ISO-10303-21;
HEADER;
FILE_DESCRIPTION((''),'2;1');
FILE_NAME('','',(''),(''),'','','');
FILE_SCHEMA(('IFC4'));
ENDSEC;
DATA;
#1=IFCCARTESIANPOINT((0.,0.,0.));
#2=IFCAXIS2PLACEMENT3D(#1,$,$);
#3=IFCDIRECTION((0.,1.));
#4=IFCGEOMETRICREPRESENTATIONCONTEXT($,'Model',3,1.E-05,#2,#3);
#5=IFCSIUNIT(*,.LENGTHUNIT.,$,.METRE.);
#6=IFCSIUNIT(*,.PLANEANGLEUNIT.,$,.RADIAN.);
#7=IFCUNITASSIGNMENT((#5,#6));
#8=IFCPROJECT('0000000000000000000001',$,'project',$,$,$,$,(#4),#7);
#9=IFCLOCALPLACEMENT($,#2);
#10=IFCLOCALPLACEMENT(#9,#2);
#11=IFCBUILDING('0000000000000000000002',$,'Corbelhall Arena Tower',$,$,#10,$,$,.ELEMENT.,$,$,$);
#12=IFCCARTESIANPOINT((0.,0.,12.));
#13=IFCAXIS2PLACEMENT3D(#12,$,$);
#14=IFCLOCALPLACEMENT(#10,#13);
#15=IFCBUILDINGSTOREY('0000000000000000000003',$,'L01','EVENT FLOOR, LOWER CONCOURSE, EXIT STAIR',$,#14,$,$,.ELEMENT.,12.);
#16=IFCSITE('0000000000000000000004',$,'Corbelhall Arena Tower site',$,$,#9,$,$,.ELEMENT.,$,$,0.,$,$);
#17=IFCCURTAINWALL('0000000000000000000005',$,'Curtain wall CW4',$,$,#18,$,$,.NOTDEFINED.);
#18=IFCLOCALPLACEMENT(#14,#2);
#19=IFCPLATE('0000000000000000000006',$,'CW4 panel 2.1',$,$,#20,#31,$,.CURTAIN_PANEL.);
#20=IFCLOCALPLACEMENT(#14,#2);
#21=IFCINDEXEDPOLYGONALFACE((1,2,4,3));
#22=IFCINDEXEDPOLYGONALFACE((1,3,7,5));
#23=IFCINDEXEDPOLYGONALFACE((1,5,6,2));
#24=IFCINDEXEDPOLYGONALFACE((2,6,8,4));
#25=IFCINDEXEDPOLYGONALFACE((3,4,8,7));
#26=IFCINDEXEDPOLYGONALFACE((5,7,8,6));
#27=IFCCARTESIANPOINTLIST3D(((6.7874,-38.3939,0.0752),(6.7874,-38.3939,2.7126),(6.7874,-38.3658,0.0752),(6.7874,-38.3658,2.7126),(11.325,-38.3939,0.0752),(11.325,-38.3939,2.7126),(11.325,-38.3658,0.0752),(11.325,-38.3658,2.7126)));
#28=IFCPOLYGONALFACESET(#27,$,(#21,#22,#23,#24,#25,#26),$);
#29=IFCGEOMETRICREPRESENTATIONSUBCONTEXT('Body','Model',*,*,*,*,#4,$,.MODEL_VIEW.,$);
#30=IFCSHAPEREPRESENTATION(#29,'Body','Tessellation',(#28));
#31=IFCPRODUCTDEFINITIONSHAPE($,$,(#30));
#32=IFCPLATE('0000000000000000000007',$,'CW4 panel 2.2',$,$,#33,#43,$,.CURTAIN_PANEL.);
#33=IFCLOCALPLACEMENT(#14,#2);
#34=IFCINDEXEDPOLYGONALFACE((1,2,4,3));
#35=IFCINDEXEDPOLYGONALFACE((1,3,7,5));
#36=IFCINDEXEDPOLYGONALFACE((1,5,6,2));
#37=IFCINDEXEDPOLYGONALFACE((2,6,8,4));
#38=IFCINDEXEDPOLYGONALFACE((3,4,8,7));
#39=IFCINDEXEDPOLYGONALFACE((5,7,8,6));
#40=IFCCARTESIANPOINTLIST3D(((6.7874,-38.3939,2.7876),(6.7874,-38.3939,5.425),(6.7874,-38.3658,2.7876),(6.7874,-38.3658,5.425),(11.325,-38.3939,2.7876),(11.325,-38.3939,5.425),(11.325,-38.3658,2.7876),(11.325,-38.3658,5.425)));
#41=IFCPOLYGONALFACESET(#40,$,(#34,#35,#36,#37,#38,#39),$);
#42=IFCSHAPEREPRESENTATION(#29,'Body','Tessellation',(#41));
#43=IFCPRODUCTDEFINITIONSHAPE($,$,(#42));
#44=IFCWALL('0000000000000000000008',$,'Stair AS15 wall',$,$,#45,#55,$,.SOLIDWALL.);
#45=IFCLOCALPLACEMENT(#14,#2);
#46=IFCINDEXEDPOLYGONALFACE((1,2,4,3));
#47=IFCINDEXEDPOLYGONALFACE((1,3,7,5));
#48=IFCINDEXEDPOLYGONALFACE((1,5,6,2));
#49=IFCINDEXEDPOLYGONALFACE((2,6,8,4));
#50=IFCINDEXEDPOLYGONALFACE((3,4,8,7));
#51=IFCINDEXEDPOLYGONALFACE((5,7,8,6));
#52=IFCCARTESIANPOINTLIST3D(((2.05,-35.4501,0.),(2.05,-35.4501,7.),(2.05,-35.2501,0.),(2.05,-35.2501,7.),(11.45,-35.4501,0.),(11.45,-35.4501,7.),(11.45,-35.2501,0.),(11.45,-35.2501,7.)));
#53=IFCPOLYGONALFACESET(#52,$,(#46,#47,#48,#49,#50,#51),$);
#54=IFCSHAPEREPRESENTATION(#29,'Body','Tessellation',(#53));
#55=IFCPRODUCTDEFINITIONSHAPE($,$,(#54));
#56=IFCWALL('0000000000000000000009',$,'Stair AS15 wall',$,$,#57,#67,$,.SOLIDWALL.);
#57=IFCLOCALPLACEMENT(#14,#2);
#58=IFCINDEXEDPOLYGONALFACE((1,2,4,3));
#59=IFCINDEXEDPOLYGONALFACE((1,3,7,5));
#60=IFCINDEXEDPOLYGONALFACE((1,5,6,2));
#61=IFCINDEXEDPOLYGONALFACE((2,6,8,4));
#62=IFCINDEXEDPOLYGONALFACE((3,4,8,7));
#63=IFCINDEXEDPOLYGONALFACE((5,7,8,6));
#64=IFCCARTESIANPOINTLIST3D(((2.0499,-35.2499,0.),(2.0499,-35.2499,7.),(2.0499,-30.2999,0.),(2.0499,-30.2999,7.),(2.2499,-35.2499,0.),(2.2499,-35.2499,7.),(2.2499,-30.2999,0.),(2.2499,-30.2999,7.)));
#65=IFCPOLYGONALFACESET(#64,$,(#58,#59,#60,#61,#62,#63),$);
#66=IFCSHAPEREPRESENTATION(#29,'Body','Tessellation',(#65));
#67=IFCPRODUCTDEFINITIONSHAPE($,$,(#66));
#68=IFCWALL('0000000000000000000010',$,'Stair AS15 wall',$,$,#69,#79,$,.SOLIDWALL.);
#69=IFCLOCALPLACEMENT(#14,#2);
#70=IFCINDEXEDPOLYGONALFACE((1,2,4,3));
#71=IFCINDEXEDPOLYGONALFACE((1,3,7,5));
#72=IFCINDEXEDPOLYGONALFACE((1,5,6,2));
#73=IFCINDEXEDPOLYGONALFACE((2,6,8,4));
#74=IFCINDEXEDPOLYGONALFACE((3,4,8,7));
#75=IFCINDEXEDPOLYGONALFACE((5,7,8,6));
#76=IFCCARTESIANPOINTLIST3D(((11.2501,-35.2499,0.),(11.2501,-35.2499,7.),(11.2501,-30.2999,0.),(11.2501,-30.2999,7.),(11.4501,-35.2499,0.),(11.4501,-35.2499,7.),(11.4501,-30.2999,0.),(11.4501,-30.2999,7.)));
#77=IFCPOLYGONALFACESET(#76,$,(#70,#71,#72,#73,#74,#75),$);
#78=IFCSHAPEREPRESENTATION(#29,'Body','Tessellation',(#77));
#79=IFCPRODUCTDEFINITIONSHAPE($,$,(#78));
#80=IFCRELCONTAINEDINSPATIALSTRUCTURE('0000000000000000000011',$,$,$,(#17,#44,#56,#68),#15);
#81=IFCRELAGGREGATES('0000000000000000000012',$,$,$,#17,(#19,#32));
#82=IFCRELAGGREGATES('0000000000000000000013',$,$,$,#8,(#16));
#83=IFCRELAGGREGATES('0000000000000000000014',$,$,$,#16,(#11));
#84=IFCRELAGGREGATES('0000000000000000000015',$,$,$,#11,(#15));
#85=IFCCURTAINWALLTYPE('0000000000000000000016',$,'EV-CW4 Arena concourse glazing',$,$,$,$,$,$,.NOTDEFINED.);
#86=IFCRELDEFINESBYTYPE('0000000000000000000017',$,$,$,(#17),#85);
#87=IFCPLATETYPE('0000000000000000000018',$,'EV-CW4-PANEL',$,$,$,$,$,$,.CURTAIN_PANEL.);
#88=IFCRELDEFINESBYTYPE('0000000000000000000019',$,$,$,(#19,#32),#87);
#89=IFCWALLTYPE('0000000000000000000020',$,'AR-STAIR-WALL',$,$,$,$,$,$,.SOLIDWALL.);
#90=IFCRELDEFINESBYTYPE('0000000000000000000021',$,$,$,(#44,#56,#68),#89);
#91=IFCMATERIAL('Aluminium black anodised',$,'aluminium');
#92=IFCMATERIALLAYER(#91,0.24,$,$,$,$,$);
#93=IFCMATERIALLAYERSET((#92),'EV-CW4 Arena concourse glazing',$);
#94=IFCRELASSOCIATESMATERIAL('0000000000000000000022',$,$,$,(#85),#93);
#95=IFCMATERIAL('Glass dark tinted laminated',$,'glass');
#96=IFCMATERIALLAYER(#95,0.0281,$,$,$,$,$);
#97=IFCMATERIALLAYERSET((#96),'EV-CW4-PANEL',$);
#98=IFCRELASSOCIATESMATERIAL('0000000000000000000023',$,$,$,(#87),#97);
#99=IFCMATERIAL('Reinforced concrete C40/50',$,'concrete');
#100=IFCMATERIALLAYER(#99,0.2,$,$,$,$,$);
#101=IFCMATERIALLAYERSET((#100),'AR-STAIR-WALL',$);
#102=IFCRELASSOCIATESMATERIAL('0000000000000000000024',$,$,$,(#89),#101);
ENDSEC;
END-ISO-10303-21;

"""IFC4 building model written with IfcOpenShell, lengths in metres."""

from ifc_helpers import new_model, si_unit, direction, frame, frame_2d, origin, origin_2d, place, context, subcontext, project, spatial, rectangle, extrude, material, layer, layer_set, type_object, element, aggregate, save


model = new_model("IFC4")

# Units and contexts
model_context = context("Model", 3, precision=1e-05, world=origin(), true_north=direction((0.0, 1.0)))
body_context = subcontext(model_context, "Body", "Model", "MODEL_VIEW")
ifc_project = project(units=[si_unit("LENGTHUNIT", "METRE"), si_unit("PLANEANGLEUNIT", "RADIAN")], contexts=[model_context])

# Site, building, storey
site_placement = place(None, origin())
site = spatial("IfcSite", under=ifc_project, at=site_placement, Name="Corbelhall Arena Tower site", CompositionType="ELEMENT", RefElevation=0.0)
building_placement = place(site_placement, origin())
building = spatial("IfcBuilding", under=site, at=building_placement, Name="Corbelhall Arena Tower", CompositionType="ELEMENT")
storey_placement = place(building_placement, frame((0.0, 0.0, 12.0)))
storey = spatial("IfcBuildingStorey", under=building, at=storey_placement, Name="L01", Description="EVENT FLOOR, LOWER CONCOURSE, EXIT STAIR", CompositionType="ELEMENT", Elevation=12.0)

# Curtain wall
ifc_material_1 = material(Name="Aluminium black anodised", Category="aluminium")
ifc_layer_1 = layer(ifc_material_1, 0.24)
ifc_layer_set_1 = layer_set([ifc_layer_1], Name="EV-CW4 Arena concourse glazing")
curtain_wall_type = type_object("IfcCurtainWallType", Name="EV-CW4 Arena concourse glazing", PredefinedType="NOTDEFINED", material=ifc_layer_set_1)
curtain_wall_placement = place(storey_placement, origin())
curtain_wall = element("IfcCurtainWall", 1, at=curtain_wall_placement, inside=storey, type_object=curtain_wall_type, Name="Curtain wall CW4", PredefinedType="NOTDEFINED")

# Plates
ifc_material_2 = material(Name="Glass dark tinted laminated", Category="glass")
ifc_layer_2 = layer(ifc_material_2, 0.0281)
ifc_layer_set_2 = layer_set([ifc_layer_2], Name="EV-CW4-PANEL")
plate_type = type_object("IfcPlateType", Name="EV-CW4-PANEL", PredefinedType="CURTAIN_PANEL", material=ifc_layer_set_2)
plate_1_placement = place(storey_placement, frame((9.0562, -38.3799, 0.0752), z_axis=(0.0, 0.0, 1.0), x_axis=(1.0, 0.0, 0.0)))
plate_1 = element("IfcPlate", 2, at=plate_1_placement, type_object=plate_type, Name="CW4 panel 2.1", PredefinedType="CURTAIN_PANEL", context=body_context, shape_type="SweptSolid", body=[
    extrude(rectangle(XDim=4.5376, YDim=0.0281, at=origin_2d()), origin(), (0.0, 0.0, 1.0), 2.6375),
])
plate_2_placement = place(storey_placement, frame((9.0562, -38.3799, 2.7876), z_axis=(0.0, 0.0, 1.0), x_axis=(1.0, 0.0, 0.0)))
plate_2 = element("IfcPlate", 3, at=plate_2_placement, type_object=plate_type, Name="CW4 panel 2.2", PredefinedType="CURTAIN_PANEL", context=body_context, shape_type="SweptSolid", body=[
    extrude(rectangle(XDim=4.5376, YDim=0.0281, at=origin_2d()), origin(), (0.0, 0.0, 1.0), 2.6375),
])
aggregate(curtain_wall, [plate_1, plate_2])

# Walls
ifc_material_3 = material(Name="Reinforced concrete C40/50", Category="concrete")
ifc_layer_3 = layer(ifc_material_3, 0.2)
ifc_layer_set_3 = layer_set([ifc_layer_3], Name="AR-STAIR-WALL")
wall_type = type_object("IfcWallType", Name="AR-STAIR-WALL", PredefinedType="SOLIDWALL", material=ifc_layer_set_3)
wall_placement = place(storey_placement, frame((2.05, -35.3501, 0.0), z_axis=(0.0, 0.0, 1.0), x_axis=(1.0, 0.0, 0.0)))
element("IfcWall", 4, at=wall_placement, inside=storey, type_object=wall_type, Name="Stair AS15 wall", PredefinedType="SOLIDWALL", context=body_context, shape_type="SweptSolid", body=[
    extrude(rectangle(XDim=9.3999, YDim=0.2, at=frame_2d((4.7, 0.0))), origin(), (0.0, 0.0, 1.0), 7.0),
])
for number, where, z_axis, x_axis, name in (
    (5, (2.1499, -35.25, 0.0), (0.0, 0.0, 1.0), (0.0, 1.0, 0.0), "Stair AS15 wall"),
    (6, (11.3501, -35.25, 0.0), (0.0, 0.0, 1.0), (0.0, 1.0, 0.0), "Stair AS15 wall"),
):
    element("IfcWall", number, at=place(storey_placement, frame(where, z_axis=z_axis, x_axis=x_axis)), inside=storey, type_object=wall_type, Name=name, PredefinedType="SOLIDWALL", context=body_context, shape_type="SweptSolid", body=[
        extrude(rectangle(XDim=4.95, YDim=0.2, at=frame_2d((2.4751, 0.0))), origin(), (0.0, 0.0, 1.0), 7.0),
    ])

save(model, "model.ifc")
